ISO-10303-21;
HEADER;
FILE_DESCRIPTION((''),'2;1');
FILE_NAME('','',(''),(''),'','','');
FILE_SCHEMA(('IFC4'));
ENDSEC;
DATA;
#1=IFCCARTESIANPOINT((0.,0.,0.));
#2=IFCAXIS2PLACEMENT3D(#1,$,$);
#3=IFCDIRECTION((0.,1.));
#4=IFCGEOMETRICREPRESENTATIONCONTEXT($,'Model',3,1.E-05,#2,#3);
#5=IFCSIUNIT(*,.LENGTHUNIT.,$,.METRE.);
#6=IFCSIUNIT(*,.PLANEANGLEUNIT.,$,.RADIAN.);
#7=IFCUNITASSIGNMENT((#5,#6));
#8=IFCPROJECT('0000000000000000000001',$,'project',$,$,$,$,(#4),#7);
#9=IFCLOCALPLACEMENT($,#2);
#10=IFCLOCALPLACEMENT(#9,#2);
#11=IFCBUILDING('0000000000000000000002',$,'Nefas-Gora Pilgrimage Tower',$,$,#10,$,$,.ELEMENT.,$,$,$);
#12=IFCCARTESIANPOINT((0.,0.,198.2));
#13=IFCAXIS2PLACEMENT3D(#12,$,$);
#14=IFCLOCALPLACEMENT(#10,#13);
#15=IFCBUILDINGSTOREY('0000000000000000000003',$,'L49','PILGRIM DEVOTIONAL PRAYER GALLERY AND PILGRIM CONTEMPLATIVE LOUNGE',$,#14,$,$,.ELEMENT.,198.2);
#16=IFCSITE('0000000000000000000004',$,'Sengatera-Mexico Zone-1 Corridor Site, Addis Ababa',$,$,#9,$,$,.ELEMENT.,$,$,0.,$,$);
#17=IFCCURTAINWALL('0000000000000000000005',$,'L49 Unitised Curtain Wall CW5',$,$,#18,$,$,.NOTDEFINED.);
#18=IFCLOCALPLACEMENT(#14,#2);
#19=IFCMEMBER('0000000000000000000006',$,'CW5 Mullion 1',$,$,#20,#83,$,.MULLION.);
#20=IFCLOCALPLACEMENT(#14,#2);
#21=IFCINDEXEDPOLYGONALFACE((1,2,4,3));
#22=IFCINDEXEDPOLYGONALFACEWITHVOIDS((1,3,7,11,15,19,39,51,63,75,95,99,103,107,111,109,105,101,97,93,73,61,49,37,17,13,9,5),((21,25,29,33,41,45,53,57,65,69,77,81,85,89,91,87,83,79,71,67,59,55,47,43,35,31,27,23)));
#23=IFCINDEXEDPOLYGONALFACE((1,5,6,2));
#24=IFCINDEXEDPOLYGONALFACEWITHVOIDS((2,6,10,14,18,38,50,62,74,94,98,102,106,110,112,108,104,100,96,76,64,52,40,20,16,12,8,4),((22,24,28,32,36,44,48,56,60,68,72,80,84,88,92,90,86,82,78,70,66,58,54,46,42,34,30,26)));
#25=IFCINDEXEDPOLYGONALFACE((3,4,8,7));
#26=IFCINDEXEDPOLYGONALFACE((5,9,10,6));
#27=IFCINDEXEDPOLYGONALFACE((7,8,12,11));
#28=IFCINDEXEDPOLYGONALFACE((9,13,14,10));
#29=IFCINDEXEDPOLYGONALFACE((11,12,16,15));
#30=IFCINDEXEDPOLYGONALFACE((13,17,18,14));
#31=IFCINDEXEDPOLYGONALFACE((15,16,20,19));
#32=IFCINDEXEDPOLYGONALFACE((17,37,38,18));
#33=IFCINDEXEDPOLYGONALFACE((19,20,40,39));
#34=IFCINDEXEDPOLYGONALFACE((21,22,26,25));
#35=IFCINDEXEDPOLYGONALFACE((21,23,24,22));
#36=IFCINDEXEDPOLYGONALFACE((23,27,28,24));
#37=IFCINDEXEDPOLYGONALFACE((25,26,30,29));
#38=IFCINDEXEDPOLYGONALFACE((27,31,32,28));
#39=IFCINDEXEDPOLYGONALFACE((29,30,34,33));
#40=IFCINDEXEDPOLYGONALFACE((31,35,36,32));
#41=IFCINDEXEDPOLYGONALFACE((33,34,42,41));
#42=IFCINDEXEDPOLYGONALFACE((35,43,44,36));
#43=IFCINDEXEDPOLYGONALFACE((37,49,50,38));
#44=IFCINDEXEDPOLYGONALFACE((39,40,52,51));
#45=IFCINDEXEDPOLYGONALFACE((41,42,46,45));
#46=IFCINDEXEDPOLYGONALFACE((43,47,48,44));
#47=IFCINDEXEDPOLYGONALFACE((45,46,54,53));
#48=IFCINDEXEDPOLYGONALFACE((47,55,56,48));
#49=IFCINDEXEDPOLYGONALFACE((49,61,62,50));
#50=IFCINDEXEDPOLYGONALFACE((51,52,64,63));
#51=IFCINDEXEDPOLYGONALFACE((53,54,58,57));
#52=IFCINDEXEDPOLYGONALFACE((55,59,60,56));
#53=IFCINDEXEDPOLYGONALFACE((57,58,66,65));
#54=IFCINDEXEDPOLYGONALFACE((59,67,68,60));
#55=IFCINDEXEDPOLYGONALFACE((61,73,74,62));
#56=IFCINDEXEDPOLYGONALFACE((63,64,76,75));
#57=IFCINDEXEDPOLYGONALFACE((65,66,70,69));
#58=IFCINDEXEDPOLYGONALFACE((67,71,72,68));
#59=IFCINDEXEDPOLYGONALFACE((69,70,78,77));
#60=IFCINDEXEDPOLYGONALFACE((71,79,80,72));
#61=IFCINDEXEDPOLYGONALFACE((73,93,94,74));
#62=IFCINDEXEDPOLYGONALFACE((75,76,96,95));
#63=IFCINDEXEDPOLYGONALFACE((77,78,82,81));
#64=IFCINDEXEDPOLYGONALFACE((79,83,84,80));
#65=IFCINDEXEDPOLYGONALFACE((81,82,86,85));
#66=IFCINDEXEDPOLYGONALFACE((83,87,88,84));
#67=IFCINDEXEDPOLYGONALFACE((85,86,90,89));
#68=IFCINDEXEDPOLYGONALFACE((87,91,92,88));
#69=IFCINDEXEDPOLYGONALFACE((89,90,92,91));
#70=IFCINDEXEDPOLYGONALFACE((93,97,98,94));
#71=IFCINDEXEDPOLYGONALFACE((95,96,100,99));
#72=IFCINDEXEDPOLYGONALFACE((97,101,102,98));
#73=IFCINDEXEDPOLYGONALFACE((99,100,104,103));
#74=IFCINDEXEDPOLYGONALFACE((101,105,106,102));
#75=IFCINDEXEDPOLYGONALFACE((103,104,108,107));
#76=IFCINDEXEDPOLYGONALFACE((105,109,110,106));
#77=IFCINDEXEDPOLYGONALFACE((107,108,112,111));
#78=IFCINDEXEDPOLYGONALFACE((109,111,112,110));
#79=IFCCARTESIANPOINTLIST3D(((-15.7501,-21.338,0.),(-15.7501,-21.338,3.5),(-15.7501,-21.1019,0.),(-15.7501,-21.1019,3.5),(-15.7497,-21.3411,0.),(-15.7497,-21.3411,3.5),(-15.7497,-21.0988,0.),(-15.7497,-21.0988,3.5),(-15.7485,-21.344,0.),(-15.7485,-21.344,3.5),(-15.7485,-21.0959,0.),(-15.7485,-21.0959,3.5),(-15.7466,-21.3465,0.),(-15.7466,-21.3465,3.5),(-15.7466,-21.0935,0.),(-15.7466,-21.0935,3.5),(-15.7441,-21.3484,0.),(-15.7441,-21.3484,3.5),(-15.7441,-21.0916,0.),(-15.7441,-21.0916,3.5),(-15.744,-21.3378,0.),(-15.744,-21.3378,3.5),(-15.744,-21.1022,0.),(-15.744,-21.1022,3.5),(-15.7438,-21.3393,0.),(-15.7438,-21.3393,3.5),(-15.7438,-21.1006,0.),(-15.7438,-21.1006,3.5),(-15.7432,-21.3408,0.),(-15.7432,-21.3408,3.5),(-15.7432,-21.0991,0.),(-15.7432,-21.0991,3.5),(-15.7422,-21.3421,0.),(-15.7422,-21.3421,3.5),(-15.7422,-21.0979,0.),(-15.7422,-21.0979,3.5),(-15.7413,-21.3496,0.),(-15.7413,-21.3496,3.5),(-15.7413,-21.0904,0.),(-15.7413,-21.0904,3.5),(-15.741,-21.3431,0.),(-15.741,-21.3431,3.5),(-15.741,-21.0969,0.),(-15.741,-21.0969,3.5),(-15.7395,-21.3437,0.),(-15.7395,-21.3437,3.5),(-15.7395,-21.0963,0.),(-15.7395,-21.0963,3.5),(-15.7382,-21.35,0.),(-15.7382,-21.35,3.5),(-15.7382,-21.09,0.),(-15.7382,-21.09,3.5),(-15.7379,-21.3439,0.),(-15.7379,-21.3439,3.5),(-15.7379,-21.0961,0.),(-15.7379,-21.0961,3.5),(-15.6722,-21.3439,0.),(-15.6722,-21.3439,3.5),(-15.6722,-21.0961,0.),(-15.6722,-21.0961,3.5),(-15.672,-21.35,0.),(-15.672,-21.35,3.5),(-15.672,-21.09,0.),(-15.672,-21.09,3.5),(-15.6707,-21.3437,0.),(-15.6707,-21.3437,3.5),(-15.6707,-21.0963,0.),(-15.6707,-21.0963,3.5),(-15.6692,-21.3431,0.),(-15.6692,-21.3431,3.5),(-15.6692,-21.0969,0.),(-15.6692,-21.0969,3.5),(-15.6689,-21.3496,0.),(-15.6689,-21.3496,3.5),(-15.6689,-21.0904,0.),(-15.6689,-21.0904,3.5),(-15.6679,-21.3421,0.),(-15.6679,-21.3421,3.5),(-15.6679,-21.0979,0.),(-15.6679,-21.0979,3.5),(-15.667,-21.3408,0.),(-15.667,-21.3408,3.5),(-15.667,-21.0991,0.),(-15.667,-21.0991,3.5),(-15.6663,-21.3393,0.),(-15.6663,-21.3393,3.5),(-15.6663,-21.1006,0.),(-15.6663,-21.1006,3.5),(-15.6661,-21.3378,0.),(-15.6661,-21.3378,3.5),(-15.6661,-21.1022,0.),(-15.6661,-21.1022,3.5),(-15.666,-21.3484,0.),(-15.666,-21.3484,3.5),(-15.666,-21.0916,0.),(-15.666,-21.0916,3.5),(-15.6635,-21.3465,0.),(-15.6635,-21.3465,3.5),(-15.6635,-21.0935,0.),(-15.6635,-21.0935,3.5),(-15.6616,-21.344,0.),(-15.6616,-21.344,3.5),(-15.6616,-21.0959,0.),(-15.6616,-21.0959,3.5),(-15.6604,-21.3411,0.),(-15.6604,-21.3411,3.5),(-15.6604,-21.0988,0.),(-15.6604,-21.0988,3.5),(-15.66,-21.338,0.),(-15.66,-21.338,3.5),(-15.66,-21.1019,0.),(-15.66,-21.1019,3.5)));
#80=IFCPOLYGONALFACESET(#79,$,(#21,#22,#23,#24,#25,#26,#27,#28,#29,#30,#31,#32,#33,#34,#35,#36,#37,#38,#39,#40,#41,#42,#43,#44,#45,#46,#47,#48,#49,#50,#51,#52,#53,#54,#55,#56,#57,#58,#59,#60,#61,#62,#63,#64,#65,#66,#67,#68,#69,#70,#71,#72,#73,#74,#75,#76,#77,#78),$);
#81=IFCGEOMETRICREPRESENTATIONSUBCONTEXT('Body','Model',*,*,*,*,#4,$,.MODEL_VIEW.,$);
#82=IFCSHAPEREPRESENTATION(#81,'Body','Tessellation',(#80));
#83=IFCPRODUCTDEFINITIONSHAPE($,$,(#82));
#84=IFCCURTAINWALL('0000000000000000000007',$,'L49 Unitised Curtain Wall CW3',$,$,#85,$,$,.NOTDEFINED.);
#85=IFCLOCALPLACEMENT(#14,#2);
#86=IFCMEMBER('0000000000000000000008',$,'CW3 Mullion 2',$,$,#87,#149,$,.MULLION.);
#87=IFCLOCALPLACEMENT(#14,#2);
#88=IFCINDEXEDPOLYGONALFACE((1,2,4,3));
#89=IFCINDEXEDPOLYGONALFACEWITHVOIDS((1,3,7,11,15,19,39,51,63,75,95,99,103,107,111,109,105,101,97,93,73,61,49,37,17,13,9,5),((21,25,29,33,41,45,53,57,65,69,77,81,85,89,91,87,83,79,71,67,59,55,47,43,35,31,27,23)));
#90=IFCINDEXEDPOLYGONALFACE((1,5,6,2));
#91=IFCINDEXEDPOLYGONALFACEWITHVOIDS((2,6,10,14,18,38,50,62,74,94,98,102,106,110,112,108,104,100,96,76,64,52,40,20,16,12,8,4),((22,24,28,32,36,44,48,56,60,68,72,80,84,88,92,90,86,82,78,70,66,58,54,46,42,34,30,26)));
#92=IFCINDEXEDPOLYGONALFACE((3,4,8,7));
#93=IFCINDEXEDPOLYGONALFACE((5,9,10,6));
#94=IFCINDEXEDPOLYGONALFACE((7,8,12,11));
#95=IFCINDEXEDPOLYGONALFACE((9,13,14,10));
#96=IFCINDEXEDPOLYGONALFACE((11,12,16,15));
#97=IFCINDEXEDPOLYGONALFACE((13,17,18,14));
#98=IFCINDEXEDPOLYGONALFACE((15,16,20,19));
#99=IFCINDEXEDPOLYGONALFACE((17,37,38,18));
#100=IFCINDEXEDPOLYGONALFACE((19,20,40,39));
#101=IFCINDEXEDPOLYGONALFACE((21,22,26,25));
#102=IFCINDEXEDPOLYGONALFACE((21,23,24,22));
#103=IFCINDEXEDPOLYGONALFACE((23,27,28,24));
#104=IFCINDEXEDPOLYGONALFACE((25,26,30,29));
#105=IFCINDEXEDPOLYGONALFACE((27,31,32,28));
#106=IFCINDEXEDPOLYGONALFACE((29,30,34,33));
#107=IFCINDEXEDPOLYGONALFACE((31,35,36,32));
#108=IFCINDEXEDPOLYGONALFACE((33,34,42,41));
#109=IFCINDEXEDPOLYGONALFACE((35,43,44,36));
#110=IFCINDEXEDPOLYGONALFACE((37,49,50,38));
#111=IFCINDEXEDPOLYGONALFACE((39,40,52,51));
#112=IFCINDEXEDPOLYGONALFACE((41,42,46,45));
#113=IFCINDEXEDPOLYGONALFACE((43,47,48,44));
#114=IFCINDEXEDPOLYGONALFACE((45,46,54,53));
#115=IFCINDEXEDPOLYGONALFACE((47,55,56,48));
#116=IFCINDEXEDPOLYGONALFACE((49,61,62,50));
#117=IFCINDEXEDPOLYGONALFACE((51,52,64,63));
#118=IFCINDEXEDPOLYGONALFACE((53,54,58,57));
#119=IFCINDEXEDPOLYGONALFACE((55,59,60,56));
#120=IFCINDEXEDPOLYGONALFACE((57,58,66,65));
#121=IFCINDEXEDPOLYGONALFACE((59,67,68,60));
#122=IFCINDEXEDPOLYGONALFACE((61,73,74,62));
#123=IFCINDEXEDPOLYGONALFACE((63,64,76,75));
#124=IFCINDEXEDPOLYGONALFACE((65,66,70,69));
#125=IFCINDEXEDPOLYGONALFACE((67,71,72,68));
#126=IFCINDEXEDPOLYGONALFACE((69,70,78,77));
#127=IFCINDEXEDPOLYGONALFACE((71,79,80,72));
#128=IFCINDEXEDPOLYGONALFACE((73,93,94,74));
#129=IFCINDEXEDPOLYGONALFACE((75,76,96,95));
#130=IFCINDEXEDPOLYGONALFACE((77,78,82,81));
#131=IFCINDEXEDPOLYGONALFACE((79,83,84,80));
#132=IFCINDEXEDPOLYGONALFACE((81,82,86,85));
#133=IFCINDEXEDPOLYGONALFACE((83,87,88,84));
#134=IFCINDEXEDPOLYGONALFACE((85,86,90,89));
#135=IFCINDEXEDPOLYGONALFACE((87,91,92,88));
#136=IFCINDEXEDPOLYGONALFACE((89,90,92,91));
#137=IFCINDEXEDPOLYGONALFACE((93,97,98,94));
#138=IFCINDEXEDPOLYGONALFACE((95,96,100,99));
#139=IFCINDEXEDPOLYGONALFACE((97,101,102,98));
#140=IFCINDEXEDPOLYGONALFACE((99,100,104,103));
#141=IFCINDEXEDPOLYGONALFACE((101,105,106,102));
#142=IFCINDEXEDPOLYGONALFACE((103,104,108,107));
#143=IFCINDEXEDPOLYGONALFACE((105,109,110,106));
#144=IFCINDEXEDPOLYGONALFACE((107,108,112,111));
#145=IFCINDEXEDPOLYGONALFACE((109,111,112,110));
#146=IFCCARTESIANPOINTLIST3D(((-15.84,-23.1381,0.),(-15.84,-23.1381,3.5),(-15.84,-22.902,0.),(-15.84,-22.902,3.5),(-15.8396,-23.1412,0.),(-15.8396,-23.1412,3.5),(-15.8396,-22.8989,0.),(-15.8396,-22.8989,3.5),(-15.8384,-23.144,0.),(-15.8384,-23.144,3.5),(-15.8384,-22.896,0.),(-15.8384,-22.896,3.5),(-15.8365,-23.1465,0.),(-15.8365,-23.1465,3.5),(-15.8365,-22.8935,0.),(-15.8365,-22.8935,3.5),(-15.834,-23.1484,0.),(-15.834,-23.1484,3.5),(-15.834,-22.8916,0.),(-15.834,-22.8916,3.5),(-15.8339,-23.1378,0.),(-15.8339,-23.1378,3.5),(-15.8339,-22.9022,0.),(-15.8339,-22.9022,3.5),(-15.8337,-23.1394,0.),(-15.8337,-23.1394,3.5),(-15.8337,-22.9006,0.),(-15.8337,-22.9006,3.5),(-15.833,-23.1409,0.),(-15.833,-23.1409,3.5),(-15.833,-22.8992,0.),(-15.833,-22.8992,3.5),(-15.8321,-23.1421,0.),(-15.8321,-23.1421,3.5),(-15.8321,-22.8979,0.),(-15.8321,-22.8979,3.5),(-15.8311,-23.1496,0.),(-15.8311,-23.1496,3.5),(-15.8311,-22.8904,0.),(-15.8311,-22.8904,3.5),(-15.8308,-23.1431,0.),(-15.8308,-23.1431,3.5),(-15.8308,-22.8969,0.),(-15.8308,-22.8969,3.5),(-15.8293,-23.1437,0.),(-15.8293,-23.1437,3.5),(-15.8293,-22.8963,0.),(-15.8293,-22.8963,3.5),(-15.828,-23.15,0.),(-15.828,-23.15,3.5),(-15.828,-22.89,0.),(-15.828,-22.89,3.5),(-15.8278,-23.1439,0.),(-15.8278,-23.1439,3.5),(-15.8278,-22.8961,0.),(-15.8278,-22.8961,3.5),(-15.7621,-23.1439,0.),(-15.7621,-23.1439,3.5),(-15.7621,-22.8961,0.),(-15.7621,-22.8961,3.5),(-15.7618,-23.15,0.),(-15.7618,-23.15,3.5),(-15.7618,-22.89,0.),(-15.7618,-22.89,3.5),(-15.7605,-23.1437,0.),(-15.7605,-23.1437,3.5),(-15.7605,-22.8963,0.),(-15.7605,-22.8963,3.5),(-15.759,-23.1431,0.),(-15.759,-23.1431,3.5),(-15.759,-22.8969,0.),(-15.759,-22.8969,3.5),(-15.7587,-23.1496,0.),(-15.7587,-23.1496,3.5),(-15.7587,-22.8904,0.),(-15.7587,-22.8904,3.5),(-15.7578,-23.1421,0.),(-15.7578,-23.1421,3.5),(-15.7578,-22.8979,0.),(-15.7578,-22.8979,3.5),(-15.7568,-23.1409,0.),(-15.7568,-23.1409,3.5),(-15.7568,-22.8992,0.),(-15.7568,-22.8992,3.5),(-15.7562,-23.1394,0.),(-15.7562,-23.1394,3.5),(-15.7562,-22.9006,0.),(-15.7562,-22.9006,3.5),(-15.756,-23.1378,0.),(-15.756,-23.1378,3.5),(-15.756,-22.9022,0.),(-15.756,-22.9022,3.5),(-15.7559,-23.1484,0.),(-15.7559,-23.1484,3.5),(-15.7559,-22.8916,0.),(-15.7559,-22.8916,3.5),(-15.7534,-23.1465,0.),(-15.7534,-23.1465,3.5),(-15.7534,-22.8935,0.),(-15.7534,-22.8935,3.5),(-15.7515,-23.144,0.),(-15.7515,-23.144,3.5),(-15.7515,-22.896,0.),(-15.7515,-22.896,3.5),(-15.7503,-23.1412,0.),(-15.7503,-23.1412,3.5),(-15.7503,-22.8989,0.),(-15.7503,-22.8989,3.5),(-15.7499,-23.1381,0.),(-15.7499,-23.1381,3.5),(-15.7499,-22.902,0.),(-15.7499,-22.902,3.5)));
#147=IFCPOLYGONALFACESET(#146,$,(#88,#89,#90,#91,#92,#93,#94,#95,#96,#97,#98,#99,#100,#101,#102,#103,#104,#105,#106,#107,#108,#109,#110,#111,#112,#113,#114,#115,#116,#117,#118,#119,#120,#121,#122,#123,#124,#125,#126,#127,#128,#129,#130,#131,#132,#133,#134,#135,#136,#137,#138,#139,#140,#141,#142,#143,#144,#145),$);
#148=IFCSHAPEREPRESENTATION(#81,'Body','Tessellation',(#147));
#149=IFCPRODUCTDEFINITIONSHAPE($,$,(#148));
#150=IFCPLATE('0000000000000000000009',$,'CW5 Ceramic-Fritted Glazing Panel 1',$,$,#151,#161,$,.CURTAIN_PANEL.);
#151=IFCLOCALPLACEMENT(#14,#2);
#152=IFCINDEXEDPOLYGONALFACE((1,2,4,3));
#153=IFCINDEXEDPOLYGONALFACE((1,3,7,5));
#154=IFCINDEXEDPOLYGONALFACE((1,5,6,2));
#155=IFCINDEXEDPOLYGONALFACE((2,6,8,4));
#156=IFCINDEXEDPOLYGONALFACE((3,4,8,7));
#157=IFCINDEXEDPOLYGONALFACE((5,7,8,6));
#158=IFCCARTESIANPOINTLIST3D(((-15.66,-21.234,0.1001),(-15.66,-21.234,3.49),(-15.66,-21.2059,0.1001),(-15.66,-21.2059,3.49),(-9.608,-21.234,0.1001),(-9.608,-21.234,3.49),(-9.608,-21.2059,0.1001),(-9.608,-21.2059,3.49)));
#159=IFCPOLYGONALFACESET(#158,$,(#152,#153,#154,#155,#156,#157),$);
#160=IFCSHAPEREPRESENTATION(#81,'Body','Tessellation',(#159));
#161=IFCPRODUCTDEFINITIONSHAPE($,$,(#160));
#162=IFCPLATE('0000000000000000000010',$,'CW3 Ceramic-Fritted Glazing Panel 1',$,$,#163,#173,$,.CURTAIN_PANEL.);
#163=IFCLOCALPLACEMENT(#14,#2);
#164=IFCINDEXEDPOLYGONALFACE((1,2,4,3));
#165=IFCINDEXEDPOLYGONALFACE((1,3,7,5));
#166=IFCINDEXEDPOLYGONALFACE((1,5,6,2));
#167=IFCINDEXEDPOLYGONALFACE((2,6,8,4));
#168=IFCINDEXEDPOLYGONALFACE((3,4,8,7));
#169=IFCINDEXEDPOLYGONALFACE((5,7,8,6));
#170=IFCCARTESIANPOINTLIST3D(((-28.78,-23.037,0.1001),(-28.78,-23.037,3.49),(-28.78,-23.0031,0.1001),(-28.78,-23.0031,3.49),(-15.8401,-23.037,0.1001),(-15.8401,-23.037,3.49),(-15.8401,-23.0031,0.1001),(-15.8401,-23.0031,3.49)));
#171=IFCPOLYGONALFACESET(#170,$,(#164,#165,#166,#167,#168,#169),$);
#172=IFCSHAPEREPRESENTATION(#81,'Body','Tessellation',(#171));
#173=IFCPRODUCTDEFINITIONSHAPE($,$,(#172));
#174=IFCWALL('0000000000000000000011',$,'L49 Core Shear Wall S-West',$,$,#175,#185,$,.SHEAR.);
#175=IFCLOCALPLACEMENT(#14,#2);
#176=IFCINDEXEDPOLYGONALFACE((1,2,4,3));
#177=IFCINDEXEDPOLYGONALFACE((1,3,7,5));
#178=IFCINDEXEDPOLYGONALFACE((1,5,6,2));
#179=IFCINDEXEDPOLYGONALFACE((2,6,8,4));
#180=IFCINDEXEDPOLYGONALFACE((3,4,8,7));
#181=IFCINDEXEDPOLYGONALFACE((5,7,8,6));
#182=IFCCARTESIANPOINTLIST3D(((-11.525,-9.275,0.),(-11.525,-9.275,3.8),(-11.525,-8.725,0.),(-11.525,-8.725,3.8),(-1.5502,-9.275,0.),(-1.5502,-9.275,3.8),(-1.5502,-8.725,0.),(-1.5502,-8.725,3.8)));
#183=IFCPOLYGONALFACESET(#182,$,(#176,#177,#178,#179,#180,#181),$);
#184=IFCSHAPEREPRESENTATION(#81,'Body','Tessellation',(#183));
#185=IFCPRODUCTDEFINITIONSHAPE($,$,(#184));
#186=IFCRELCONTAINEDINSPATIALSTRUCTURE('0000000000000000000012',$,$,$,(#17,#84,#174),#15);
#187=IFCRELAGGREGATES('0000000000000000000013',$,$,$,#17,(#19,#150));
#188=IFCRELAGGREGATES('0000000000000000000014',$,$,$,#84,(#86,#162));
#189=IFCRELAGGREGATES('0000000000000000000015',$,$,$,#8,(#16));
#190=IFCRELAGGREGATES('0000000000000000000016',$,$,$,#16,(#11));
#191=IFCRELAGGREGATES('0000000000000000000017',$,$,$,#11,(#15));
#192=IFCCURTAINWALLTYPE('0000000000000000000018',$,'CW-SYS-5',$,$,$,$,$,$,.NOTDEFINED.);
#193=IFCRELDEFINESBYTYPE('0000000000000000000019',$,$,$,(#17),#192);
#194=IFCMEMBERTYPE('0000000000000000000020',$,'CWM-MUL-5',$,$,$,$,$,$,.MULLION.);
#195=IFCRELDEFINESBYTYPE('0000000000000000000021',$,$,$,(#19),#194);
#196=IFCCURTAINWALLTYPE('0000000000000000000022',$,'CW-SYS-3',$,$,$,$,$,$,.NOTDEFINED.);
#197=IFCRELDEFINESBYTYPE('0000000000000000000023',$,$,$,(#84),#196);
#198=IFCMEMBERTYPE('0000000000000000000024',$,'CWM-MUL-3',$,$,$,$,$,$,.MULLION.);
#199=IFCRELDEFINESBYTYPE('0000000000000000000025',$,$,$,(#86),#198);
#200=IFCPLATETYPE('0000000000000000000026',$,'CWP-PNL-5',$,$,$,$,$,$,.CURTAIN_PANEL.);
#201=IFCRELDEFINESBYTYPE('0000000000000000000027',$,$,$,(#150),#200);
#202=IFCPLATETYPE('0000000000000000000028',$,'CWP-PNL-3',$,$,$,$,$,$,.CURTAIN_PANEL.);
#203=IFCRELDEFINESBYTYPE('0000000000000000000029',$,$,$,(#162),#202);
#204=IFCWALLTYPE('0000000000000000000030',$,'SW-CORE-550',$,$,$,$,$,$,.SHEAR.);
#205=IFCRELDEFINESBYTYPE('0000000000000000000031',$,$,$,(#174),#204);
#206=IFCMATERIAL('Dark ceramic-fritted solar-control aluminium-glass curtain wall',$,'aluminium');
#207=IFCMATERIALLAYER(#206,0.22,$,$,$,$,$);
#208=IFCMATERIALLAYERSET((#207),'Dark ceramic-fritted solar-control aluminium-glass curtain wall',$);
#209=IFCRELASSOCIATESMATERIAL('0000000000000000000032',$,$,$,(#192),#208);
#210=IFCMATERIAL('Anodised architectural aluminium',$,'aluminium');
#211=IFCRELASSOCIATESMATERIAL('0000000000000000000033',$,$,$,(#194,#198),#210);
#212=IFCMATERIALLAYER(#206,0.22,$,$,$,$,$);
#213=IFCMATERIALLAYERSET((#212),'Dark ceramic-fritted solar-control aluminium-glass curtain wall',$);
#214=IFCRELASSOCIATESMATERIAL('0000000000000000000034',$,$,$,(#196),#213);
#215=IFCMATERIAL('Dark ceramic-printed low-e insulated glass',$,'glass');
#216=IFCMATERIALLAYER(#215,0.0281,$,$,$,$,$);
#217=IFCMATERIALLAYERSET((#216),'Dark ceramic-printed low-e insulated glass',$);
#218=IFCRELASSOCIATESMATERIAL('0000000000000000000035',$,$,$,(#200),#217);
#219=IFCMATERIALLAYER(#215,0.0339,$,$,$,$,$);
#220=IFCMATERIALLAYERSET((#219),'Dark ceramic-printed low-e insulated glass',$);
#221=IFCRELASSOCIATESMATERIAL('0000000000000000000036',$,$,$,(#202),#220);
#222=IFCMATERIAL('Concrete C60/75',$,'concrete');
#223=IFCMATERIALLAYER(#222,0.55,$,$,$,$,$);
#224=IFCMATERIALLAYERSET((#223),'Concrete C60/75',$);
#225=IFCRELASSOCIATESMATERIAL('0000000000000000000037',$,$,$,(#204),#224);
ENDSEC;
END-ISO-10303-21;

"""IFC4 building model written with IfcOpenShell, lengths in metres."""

from ifc_helpers import new_model, si_unit, direction, frame, frame_2d, origin, origin_2d, place, context, subcontext, project, spatial, rectangle, hollow_rectangle, extrude, source, transform, mapped, material, layer, layer_set, material_profile, profile_set, type_object, element, aggregate, save


model = new_model("IFC4")

# Units and contexts
model_context = context("Model", 3, precision=1e-05, world=origin(), true_north=direction((0.0, 1.0)))
body_context = subcontext(model_context, "Body", "Model", "MODEL_VIEW")
ifc_project = project(units=[si_unit("LENGTHUNIT", "METRE"), si_unit("PLANEANGLEUNIT", "RADIAN")], contexts=[model_context])

# Site, building, storey
site_placement = place(None, origin())
site = spatial("IfcSite", under=ifc_project, at=site_placement, Name="Sengatera-Mexico Zone-1 Corridor Site, Addis Ababa", CompositionType="ELEMENT", RefElevation=0.0)
building_placement = place(site_placement, origin())
building = spatial("IfcBuilding", under=site, at=building_placement, Name="Nefas-Gora Pilgrimage Tower", CompositionType="ELEMENT")
storey_placement = place(building_placement, frame((0.0, 0.0, 198.2)))
storey = spatial("IfcBuildingStorey", under=building, at=storey_placement, Name="L49", Description="PILGRIM DEVOTIONAL PRAYER GALLERY AND PILGRIM CONTEMPLATIVE LOUNGE", CompositionType="ELEMENT", Elevation=198.2)

# Curtain wall, member
ifc_material_1 = material(Name="Dark ceramic-fritted solar-control aluminium-glass curtain wall", Category="aluminium")
ifc_layer_1 = layer(ifc_material_1, 0.22)
ifc_layer_set_1 = layer_set([ifc_layer_1], Name="Dark ceramic-fritted solar-control aluminium-glass curtain wall")
curtain_wall_type_1 = type_object("IfcCurtainWallType", Name="CW-SYS-5", PredefinedType="NOTDEFINED", material=ifc_layer_set_1)
curtain_wall_1_placement = place(storey_placement, origin())
curtain_wall_1 = element("IfcCurtainWall", 1, at=curtain_wall_1_placement, inside=storey, type_object=curtain_wall_type_1, Name="L49 Unitised Curtain Wall CW5", PredefinedType="NOTDEFINED")
ifc_material_2 = material(Name="Anodised architectural aluminium", Category="aluminium")
ifc_material_profile_1 = material_profile(ifc_material_2, hollow_rectangle(XDim=0.0901, YDim=0.26, WallThickness=0.0061, InnerFilletRadius=0.0061, OuterFilletRadius=0.012, at=origin_2d()), Name="ALU MULLION 90x260")
ifc_profile_set_1 = profile_set([ifc_material_profile_1], Name="Anodised architectural aluminium")
member_type_1 = type_object("IfcMemberType", Name="CWM-MUL-5", PredefinedType="MULLION", material=ifc_profile_set_1)
shared_shape_1 = source(origin(), body_context, "Body", "SweptSolid", [
    extrude(hollow_rectangle(XDim=0.0901, YDim=0.26, WallThickness=0.0061, InnerFilletRadius=0.0061, OuterFilletRadius=0.012, at=origin_2d()), origin(), (0.0, 0.0, 1.0), 3.5),
])
member_1_placement = place(storey_placement, frame((-15.7051, -21.22, 0.0), z_axis=(0.0, 0.0, 1.0), x_axis=(1.0, 0.0, 0.0)))
member_1 = element("IfcMember", 2, at=member_1_placement, type_object=member_type_1, Name="CW5 Mullion 1", PredefinedType="MULLION", context=body_context, shape_type="MappedRepresentation", body=[
    mapped(shared_shape_1, transform((0.0, 0.0, 0.0), x_axis=(1.0, 0.0, 0.0), y_axis=(0.0, 1.0, 0.0), z_axis=(0.0, 0.0, 1.0), scale=1.0)),
])

# Curtain wall, member
ifc_layer_2 = layer(ifc_material_1, 0.22)
ifc_layer_set_2 = layer_set([ifc_layer_2], Name="Dark ceramic-fritted solar-control aluminium-glass curtain wall")
curtain_wall_type_2 = type_object("IfcCurtainWallType", Name="CW-SYS-3", PredefinedType="NOTDEFINED", material=ifc_layer_set_2)
curtain_wall_2_placement = place(storey_placement, origin())
curtain_wall_2 = element("IfcCurtainWall", 3, at=curtain_wall_2_placement, inside=storey, type_object=curtain_wall_type_2, Name="L49 Unitised Curtain Wall CW3", PredefinedType="NOTDEFINED")
ifc_material_profile_2 = material_profile(ifc_material_2, hollow_rectangle(XDim=0.0901, YDim=0.26, WallThickness=0.0061, InnerFilletRadius=0.0061, OuterFilletRadius=0.012, at=origin_2d()), Name="ALU MULLION 90x260")
ifc_profile_set_2 = profile_set([ifc_material_profile_2], Name="Anodised architectural aluminium")
member_type_2 = type_object("IfcMemberType", Name="CWM-MUL-3", PredefinedType="MULLION", material=ifc_profile_set_2)
shared_shape_2 = source(origin(), body_context, "Body", "SweptSolid", [
    extrude(hollow_rectangle(XDim=0.0901, YDim=0.26, WallThickness=0.0061, InnerFilletRadius=0.0061, OuterFilletRadius=0.012, at=origin_2d()), origin(), (0.0, 0.0, 1.0), 3.5),
])
member_2_placement = place(storey_placement, frame((-15.7949, -23.02, 0.0), z_axis=(0.0, 0.0, 1.0), x_axis=(1.0, 0.0, 0.0)))
member_2 = element("IfcMember", 4, at=member_2_placement, type_object=member_type_2, Name="CW3 Mullion 2", PredefinedType="MULLION", context=body_context, shape_type="MappedRepresentation", body=[
    mapped(shared_shape_2, transform((0.0, 0.0, 0.0), x_axis=(1.0, 0.0, 0.0), y_axis=(0.0, 1.0, 0.0), z_axis=(0.0, 0.0, 1.0), scale=1.0)),
])

# Plates
ifc_material_3 = material(Name="Dark ceramic-printed low-e insulated glass", Category="glass")
ifc_layer_3 = layer(ifc_material_3, 0.0281)
ifc_layer_set_3 = layer_set([ifc_layer_3], Name="Dark ceramic-printed low-e insulated glass")
plate_type_1 = type_object("IfcPlateType", Name="CWP-PNL-5", PredefinedType="CURTAIN_PANEL", material=ifc_layer_set_3)
shared_shape_3 = source(origin(), body_context, "Body", "SweptSolid", [
    extrude(rectangle(XDim=6.052, YDim=0.0281, at=origin_2d()), origin(), (0.0, 0.0, 1.0), 3.3899),
])
plate_1_placement = place(storey_placement, frame((-12.634, -21.22, 0.1001), z_axis=(0.0, 0.0, 1.0), x_axis=(1.0, 0.0, 0.0)))
plate_1 = element("IfcPlate", 5, at=plate_1_placement, type_object=plate_type_1, Name="CW5 Ceramic-Fritted Glazing Panel 1", PredefinedType="CURTAIN_PANEL", context=body_context, shape_type="MappedRepresentation", body=[
    mapped(shared_shape_3, transform((0.0, 0.0, 0.0), x_axis=(1.0, 0.0, 0.0), y_axis=(0.0, 1.0, 0.0), z_axis=(0.0, 0.0, 1.0), scale=1.0)),
])
aggregate(curtain_wall_1, [member_1, plate_1])
ifc_layer_4 = layer(ifc_material_3, 0.0339)
ifc_layer_set_4 = layer_set([ifc_layer_4], Name="Dark ceramic-printed low-e insulated glass")
plate_type_2 = type_object("IfcPlateType", Name="CWP-PNL-3", PredefinedType="CURTAIN_PANEL", material=ifc_layer_set_4)
shared_shape_4 = source(origin(), body_context, "Body", "SweptSolid", [
    extrude(rectangle(XDim=12.9399, YDim=0.0339, at=origin_2d()), origin(), (0.0, 0.0, 1.0), 3.3899),
])
plate_2_placement = place(storey_placement, frame((-22.3101, -23.02, 0.1001), z_axis=(0.0, 0.0, 1.0), x_axis=(1.0, 0.0, 0.0)))
plate_2 = element("IfcPlate", 6, at=plate_2_placement, type_object=plate_type_2, Name="CW3 Ceramic-Fritted Glazing Panel 1", PredefinedType="CURTAIN_PANEL", context=body_context, shape_type="MappedRepresentation", body=[
    mapped(shared_shape_4, transform((0.0, 0.0, 0.0), x_axis=(1.0, 0.0, 0.0), y_axis=(0.0, 1.0, 0.0), z_axis=(0.0, 0.0, 1.0), scale=1.0)),
])
aggregate(curtain_wall_2, [member_2, plate_2])

# Wall
ifc_material_4 = material(Name="Concrete C60/75", Category="concrete")
ifc_layer_5 = layer(ifc_material_4, 0.55)
ifc_layer_set_5 = layer_set([ifc_layer_5], Name="Concrete C60/75")
wall_type_1 = type_object("IfcWallType", Name="SW-CORE-550", PredefinedType="SHEAR", material=ifc_layer_set_5)
shared_shape_5 = source(origin(), body_context, "Body", "SweptSolid", [
    extrude(rectangle(XDim=9.9749, YDim=0.55, at=frame_2d((4.9873, 0.0))), origin(), (0.0, 0.0, 1.0), 3.8),
])
wall_1_placement = place(storey_placement, frame((-11.5249, -9.0, 0.0), z_axis=(0.0, 0.0, 1.0), x_axis=(1.0, 0.0, 0.0)))
element("IfcWall", 7, at=wall_1_placement, inside=storey, type_object=wall_type_1, Name="L49 Core Shear Wall S-West", PredefinedType="SHEAR", context=body_context, shape_type="MappedRepresentation", body=[
    mapped(shared_shape_5, transform((0.0, 0.0, 0.0), x_axis=(1.0, 0.0, 0.0), y_axis=(0.0, 1.0, 0.0), z_axis=(0.0, 0.0, 1.0), scale=1.0)),
])

save(model, "model.ifc")
